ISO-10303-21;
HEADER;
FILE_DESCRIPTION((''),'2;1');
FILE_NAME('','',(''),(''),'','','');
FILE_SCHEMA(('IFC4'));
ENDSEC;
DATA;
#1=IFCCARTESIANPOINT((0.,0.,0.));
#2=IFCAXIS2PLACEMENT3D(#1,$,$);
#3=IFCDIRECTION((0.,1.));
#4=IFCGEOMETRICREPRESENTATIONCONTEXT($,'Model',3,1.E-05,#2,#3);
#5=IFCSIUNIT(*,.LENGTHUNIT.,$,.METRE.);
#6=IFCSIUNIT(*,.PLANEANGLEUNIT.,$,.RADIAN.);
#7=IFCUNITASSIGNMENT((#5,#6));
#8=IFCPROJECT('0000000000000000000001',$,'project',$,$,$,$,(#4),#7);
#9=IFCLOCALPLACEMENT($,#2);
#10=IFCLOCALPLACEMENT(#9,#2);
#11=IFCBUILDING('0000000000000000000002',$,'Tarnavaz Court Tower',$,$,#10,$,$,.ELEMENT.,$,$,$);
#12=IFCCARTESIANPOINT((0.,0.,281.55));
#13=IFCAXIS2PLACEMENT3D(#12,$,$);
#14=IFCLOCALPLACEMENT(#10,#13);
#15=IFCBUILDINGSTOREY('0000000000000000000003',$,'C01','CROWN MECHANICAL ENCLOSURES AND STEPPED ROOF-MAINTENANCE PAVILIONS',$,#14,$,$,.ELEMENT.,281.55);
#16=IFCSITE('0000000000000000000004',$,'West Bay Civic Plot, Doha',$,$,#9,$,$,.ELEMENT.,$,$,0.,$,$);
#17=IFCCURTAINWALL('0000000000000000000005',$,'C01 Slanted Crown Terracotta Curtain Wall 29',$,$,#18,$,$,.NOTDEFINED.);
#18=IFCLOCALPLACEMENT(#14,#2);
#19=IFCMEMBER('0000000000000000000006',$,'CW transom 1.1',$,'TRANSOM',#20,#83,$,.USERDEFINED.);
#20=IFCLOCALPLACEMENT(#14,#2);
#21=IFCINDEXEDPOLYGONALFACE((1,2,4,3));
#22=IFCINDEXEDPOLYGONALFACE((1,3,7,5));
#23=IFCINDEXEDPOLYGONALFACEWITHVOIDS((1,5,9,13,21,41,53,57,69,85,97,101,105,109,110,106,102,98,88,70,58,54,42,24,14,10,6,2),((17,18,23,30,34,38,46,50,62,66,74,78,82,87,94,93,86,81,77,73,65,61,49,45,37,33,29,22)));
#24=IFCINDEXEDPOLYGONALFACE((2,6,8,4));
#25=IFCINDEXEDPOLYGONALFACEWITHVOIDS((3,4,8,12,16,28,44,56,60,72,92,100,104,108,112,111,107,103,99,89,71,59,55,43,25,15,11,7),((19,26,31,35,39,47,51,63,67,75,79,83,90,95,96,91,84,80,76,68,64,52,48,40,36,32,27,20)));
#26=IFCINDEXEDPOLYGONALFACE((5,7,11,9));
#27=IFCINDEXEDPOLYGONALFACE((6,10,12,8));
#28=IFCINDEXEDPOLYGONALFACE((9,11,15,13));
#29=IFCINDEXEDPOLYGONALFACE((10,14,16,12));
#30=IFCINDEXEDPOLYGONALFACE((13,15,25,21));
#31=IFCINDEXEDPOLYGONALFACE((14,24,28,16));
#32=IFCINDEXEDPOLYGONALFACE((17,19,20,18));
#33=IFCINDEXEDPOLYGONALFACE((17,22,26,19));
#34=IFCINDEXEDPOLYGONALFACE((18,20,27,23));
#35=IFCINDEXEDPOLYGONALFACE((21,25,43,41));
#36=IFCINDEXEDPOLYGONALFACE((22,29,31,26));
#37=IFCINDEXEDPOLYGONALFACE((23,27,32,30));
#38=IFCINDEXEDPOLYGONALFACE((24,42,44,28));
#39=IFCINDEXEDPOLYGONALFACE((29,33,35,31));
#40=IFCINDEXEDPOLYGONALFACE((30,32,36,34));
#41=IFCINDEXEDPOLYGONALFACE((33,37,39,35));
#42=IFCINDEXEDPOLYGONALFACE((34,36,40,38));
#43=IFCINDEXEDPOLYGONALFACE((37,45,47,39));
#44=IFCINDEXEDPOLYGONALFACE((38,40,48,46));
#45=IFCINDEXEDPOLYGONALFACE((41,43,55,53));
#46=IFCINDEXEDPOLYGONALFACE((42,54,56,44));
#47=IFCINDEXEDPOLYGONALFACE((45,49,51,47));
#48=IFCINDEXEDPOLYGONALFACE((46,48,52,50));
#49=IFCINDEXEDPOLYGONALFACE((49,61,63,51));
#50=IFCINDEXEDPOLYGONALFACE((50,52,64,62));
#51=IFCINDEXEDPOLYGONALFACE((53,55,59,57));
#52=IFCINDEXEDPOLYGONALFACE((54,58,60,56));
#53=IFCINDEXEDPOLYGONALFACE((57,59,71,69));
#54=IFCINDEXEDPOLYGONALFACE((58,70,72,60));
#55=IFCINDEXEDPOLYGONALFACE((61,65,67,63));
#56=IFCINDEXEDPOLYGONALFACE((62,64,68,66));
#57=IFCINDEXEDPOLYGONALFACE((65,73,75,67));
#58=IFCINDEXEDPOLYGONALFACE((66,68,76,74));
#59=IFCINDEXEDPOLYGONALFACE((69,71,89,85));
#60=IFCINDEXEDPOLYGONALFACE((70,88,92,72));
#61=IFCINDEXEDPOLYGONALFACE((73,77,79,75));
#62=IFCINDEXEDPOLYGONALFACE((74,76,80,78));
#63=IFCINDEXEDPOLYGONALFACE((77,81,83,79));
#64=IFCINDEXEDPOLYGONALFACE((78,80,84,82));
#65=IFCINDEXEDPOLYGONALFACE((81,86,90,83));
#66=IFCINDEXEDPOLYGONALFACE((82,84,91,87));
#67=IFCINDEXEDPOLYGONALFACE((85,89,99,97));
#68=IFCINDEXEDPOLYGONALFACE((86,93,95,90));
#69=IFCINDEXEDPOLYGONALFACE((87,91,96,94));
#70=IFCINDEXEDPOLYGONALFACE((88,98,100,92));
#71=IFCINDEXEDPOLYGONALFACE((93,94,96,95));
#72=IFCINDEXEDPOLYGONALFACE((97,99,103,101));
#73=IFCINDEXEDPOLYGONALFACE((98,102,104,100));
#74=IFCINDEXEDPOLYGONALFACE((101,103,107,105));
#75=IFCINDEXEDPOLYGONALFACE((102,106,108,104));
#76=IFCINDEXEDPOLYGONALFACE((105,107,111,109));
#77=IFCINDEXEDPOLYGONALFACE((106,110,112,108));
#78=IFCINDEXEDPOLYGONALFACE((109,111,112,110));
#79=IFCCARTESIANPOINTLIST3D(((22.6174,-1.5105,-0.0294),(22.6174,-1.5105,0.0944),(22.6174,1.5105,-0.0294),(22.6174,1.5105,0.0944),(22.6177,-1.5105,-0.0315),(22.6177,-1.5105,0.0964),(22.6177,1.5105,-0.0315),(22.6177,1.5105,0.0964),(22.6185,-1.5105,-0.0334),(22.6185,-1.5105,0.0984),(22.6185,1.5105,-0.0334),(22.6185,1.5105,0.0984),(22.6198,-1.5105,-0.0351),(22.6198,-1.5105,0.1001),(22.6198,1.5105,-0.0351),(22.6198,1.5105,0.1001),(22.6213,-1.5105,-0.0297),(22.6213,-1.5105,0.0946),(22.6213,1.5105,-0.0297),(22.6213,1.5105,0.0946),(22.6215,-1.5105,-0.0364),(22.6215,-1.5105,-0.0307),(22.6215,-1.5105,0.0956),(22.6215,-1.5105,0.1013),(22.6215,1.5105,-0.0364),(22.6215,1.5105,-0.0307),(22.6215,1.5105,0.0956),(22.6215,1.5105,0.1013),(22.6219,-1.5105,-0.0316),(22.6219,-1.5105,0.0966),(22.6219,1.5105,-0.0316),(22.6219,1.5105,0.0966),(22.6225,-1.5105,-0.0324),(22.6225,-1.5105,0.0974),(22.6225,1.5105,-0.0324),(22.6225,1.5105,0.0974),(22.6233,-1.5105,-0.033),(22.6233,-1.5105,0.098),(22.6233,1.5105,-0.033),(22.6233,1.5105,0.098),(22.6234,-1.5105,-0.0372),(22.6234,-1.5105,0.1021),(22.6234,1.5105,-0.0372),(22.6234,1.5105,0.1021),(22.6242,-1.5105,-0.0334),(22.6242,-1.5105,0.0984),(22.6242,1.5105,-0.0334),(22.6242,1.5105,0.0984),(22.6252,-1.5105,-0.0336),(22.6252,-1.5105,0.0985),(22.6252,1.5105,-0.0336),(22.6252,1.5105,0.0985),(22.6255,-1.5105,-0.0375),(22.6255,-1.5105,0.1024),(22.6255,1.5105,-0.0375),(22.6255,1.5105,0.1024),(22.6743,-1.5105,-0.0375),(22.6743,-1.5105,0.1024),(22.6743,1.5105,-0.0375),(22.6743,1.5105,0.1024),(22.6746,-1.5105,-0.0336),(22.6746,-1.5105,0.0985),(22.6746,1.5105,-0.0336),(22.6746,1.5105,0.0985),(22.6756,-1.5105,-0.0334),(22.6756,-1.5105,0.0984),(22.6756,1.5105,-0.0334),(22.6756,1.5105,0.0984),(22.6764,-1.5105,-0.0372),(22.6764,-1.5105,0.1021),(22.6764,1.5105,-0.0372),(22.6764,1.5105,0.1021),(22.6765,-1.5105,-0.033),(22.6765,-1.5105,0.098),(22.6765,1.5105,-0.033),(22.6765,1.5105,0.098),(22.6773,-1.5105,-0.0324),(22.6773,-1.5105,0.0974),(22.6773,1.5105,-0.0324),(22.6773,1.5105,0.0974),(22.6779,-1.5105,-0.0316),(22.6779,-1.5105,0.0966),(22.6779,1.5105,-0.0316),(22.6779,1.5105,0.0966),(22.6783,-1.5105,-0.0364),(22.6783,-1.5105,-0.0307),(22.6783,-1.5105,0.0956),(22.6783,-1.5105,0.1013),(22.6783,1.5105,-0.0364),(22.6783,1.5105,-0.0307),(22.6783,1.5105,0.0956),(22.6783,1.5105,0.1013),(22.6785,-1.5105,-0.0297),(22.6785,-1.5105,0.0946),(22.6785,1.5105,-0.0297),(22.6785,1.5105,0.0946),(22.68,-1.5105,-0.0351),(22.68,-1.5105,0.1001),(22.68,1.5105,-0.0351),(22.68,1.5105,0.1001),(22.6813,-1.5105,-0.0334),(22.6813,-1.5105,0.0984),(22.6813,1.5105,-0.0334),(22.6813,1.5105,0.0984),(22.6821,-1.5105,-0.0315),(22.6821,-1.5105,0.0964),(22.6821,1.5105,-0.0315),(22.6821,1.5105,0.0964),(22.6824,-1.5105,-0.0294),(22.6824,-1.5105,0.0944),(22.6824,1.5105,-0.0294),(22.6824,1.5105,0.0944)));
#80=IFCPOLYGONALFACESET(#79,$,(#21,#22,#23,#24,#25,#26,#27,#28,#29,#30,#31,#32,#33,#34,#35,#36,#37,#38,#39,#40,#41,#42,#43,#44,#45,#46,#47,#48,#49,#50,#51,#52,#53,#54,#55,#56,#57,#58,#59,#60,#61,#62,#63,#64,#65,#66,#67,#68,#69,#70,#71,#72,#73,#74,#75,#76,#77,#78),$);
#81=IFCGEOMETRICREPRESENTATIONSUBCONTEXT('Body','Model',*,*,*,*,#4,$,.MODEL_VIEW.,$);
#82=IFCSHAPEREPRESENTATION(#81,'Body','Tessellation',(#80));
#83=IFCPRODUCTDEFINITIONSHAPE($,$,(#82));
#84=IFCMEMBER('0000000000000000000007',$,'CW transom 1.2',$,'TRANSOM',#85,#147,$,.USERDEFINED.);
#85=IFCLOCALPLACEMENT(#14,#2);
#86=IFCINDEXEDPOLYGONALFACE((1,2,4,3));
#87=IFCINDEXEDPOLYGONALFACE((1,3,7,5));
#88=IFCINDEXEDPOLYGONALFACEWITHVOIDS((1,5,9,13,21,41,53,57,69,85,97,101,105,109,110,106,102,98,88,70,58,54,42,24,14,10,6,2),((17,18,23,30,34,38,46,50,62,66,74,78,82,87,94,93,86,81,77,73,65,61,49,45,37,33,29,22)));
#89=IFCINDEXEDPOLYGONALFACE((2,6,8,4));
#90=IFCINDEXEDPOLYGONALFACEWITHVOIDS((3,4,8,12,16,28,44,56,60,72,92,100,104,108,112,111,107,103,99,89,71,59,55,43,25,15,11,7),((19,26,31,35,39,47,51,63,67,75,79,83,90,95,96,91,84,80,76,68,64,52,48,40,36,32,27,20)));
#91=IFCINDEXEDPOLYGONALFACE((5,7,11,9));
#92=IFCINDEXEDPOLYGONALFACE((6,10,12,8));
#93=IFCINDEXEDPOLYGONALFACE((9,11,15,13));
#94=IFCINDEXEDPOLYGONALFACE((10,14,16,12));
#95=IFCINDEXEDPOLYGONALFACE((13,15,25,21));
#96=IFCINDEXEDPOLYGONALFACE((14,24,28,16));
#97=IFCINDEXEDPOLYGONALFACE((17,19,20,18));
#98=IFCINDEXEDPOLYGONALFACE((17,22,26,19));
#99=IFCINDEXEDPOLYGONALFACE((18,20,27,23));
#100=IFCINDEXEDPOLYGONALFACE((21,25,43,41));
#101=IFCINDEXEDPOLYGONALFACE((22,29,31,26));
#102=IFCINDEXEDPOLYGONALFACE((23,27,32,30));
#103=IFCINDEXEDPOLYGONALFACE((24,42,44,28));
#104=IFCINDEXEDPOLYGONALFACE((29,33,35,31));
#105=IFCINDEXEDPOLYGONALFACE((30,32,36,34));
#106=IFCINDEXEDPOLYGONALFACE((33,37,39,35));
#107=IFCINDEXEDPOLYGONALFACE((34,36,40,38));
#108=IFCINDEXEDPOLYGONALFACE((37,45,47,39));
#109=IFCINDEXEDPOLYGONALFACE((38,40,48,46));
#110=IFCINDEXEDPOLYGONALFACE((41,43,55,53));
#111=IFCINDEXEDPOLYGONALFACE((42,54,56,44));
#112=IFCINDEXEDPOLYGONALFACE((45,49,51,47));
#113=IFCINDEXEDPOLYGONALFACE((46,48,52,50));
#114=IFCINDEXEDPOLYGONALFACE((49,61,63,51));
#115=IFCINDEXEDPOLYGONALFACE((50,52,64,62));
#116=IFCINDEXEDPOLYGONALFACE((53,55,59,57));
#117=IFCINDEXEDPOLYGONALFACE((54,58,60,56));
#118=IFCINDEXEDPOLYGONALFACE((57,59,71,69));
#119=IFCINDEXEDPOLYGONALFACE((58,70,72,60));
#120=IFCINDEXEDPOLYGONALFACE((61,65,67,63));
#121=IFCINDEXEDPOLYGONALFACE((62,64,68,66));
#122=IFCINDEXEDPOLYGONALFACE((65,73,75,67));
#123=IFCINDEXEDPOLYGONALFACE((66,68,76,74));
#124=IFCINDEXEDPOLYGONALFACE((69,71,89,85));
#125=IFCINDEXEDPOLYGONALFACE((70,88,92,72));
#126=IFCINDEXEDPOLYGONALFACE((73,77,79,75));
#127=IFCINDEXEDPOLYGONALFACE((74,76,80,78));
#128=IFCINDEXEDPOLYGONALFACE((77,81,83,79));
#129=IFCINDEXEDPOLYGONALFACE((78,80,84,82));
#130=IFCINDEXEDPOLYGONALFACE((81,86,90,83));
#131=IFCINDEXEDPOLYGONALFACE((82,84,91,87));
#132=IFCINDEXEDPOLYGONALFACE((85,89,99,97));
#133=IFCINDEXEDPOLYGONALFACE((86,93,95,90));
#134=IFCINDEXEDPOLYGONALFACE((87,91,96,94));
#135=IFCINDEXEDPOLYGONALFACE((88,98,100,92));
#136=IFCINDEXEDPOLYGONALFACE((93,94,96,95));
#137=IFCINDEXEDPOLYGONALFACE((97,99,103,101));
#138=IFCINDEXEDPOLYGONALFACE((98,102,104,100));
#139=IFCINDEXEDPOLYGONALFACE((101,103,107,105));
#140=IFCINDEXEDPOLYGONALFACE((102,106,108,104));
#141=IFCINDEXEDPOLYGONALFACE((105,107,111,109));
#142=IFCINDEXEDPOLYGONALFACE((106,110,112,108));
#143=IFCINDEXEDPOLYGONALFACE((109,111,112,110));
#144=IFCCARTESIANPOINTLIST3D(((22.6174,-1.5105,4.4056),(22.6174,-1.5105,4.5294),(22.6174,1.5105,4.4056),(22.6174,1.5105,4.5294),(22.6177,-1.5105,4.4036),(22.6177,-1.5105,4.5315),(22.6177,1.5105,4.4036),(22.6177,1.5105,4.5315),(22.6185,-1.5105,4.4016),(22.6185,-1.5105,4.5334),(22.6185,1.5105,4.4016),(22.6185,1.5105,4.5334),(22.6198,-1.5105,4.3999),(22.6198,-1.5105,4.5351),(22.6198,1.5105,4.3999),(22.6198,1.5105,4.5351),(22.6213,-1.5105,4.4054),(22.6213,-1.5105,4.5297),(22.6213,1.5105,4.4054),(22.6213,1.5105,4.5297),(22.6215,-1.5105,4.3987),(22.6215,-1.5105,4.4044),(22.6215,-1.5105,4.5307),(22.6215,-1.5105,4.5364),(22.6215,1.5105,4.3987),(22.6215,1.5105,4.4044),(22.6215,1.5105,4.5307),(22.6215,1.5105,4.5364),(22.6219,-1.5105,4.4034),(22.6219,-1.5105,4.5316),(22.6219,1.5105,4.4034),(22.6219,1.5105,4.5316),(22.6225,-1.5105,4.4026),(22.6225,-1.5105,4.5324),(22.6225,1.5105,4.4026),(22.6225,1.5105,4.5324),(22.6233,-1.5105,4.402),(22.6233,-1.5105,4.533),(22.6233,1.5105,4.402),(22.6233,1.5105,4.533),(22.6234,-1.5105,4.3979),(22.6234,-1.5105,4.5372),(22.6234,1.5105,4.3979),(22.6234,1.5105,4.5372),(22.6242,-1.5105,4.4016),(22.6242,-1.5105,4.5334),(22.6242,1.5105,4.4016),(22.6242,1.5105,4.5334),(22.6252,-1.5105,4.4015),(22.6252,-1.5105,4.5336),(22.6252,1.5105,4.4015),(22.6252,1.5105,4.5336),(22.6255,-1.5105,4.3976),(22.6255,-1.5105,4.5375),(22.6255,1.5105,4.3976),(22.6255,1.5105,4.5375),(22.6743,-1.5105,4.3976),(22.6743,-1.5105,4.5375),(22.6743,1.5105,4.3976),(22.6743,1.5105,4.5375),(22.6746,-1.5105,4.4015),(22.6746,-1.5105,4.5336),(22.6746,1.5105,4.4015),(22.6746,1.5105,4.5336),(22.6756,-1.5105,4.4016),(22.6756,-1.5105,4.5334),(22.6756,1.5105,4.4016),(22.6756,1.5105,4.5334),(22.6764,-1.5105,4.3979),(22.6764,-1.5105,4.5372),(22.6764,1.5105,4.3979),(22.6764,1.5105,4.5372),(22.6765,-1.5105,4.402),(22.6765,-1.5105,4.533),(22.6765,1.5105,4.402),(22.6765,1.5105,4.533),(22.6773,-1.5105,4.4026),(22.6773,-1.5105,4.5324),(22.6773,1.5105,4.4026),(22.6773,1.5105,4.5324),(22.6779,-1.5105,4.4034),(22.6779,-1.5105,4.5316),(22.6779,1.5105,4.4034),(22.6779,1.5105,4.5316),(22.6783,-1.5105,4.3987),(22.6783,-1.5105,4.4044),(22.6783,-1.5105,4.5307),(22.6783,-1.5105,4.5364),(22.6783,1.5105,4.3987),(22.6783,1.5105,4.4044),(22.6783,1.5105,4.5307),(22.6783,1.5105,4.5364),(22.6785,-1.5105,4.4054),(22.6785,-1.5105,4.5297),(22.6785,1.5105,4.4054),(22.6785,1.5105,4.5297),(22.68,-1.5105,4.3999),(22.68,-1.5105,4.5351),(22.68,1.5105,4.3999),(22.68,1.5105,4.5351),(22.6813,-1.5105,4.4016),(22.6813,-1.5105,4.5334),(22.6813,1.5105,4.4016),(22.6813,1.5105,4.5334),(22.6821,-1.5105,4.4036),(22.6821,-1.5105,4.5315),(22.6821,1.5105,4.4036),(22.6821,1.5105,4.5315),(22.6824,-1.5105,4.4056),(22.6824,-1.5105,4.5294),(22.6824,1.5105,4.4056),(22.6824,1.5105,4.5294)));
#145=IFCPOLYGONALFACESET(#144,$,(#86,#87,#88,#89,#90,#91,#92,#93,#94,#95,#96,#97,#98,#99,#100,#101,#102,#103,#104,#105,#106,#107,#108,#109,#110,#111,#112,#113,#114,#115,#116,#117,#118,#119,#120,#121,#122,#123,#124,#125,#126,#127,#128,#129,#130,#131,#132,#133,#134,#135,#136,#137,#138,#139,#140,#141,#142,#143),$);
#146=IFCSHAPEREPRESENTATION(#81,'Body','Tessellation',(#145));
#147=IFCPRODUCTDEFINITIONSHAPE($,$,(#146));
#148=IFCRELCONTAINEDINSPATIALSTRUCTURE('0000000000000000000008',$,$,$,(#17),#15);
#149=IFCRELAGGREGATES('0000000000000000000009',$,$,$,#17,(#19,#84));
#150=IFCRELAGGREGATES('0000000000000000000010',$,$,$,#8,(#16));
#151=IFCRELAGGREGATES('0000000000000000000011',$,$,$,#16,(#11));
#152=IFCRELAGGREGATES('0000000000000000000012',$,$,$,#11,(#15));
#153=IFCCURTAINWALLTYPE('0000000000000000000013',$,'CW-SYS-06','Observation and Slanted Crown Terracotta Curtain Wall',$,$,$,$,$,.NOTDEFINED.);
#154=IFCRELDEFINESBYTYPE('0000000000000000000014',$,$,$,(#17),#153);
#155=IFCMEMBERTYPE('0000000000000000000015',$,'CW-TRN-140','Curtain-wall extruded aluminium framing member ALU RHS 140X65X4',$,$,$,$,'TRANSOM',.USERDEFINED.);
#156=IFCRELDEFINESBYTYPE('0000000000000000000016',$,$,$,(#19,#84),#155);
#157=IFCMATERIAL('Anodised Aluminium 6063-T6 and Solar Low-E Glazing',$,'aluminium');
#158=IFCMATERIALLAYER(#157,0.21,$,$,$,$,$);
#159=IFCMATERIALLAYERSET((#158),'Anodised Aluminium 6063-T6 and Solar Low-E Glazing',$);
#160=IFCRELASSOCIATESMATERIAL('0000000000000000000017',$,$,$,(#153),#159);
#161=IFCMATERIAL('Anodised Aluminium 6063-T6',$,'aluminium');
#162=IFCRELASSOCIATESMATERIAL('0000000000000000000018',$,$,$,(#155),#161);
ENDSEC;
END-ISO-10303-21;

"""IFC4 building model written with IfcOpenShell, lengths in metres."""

from ifc_helpers import new_model, si_unit, direction, frame, origin, origin_2d, place, context, subcontext, project, spatial, hollow_rectangle, extrude, material, layer, layer_set, material_profile, profile_set, type_object, element, aggregate, save


model = new_model("IFC4")

# Units and contexts
model_context = context("Model", 3, precision=1e-05, world=origin(), true_north=direction((0.0, 1.0)))
body_context = subcontext(model_context, "Body", "Model", "MODEL_VIEW")
ifc_project = project(units=[si_unit("LENGTHUNIT", "METRE"), si_unit("PLANEANGLEUNIT", "RADIAN")], contexts=[model_context])

# Site, building, storey
site_placement = place(None, origin())
site = spatial("IfcSite", under=ifc_project, at=site_placement, Name="West Bay Civic Plot, Doha", CompositionType="ELEMENT", RefElevation=0.0)
building_placement = place(site_placement, origin())
building = spatial("IfcBuilding", under=site, at=building_placement, Name="Tarnavaz Court Tower", CompositionType="ELEMENT")
storey_placement = place(building_placement, frame((0.0, 0.0, 281.55)))
storey = spatial("IfcBuildingStorey", under=building, at=storey_placement, Name="C01", Description="CROWN MECHANICAL ENCLOSURES AND STEPPED ROOF-MAINTENANCE PAVILIONS", CompositionType="ELEMENT", Elevation=281.55)

# Curtain wall
ifc_material_1 = material(Name="Anodised Aluminium 6063-T6 and Solar Low-E Glazing", Category="aluminium")
ifc_layer_1 = layer(ifc_material_1, 0.21)
ifc_layer_set_1 = layer_set([ifc_layer_1], Name="Anodised Aluminium 6063-T6 and Solar Low-E Glazing")
curtain_wall_type = type_object("IfcCurtainWallType", Name="CW-SYS-06", Description="Observation and Slanted Crown Terracotta Curtain Wall", PredefinedType="NOTDEFINED", material=ifc_layer_set_1)
curtain_wall_1_placement = place(storey_placement, origin())
curtain_wall_1 = element("IfcCurtainWall", 1, at=curtain_wall_1_placement, inside=storey, type_object=curtain_wall_type, Name="C01 Slanted Crown Terracotta Curtain Wall 29", PredefinedType="NOTDEFINED")
ifc_material_2 = material(Name="Anodised Aluminium 6063-T6", Category="aluminium")

# Members
ifc_material_profile_1 = material_profile(ifc_material_2, hollow_rectangle(XDim=0.0649, YDim=0.1399, WallThickness=0.0039, InnerFilletRadius=0.0039, OuterFilletRadius=0.0081, at=origin_2d()), Name="ALU RHS 140X65X4")
ifc_profile_set_1 = profile_set([ifc_material_profile_1], Name="Anodised Aluminium 6063-T6")
member_type_1 = type_object("IfcMemberType", Name="CW-TRN-140", Description="Curtain-wall extruded aluminium framing member ALU RHS 140X65X4", ElementType="TRANSOM", PredefinedType="USERDEFINED", material=ifc_profile_set_1)
member_1_placement = place(storey_placement, frame((22.6499, 1.5105, 0.0325), z_axis=(0.0, -1.0, 0.0), x_axis=(1.0, 0.0, 0.0)))
member_1 = element("IfcMember", 2, at=member_1_placement, type_object=member_type_1, Name="CW transom 1.1", ObjectType="TRANSOM", PredefinedType="USERDEFINED", context=body_context, shape_type="SweptSolid", body=[
    extrude(hollow_rectangle(XDim=0.0649, YDim=0.1399, WallThickness=0.0039, InnerFilletRadius=0.0039, OuterFilletRadius=0.0081, at=origin_2d()), origin(), (0.0, 0.0, 1.0), 3.021),
])
member_2_placement = place(storey_placement, frame((22.6499, 1.5105, 4.4675), z_axis=(0.0, -1.0, 0.0), x_axis=(1.0, 0.0, 0.0)))
member_2 = element("IfcMember", 3, at=member_2_placement, type_object=member_type_1, Name="CW transom 1.2", ObjectType="TRANSOM", PredefinedType="USERDEFINED", context=body_context, shape_type="SweptSolid", body=[
    extrude(hollow_rectangle(XDim=0.0649, YDim=0.1399, WallThickness=0.0039, InnerFilletRadius=0.0039, OuterFilletRadius=0.0081, at=origin_2d()), origin(), (0.0, 0.0, 1.0), 3.021),
])

aggregate(curtain_wall_1, [member_1, member_2])

save(model, "model.ifc")
